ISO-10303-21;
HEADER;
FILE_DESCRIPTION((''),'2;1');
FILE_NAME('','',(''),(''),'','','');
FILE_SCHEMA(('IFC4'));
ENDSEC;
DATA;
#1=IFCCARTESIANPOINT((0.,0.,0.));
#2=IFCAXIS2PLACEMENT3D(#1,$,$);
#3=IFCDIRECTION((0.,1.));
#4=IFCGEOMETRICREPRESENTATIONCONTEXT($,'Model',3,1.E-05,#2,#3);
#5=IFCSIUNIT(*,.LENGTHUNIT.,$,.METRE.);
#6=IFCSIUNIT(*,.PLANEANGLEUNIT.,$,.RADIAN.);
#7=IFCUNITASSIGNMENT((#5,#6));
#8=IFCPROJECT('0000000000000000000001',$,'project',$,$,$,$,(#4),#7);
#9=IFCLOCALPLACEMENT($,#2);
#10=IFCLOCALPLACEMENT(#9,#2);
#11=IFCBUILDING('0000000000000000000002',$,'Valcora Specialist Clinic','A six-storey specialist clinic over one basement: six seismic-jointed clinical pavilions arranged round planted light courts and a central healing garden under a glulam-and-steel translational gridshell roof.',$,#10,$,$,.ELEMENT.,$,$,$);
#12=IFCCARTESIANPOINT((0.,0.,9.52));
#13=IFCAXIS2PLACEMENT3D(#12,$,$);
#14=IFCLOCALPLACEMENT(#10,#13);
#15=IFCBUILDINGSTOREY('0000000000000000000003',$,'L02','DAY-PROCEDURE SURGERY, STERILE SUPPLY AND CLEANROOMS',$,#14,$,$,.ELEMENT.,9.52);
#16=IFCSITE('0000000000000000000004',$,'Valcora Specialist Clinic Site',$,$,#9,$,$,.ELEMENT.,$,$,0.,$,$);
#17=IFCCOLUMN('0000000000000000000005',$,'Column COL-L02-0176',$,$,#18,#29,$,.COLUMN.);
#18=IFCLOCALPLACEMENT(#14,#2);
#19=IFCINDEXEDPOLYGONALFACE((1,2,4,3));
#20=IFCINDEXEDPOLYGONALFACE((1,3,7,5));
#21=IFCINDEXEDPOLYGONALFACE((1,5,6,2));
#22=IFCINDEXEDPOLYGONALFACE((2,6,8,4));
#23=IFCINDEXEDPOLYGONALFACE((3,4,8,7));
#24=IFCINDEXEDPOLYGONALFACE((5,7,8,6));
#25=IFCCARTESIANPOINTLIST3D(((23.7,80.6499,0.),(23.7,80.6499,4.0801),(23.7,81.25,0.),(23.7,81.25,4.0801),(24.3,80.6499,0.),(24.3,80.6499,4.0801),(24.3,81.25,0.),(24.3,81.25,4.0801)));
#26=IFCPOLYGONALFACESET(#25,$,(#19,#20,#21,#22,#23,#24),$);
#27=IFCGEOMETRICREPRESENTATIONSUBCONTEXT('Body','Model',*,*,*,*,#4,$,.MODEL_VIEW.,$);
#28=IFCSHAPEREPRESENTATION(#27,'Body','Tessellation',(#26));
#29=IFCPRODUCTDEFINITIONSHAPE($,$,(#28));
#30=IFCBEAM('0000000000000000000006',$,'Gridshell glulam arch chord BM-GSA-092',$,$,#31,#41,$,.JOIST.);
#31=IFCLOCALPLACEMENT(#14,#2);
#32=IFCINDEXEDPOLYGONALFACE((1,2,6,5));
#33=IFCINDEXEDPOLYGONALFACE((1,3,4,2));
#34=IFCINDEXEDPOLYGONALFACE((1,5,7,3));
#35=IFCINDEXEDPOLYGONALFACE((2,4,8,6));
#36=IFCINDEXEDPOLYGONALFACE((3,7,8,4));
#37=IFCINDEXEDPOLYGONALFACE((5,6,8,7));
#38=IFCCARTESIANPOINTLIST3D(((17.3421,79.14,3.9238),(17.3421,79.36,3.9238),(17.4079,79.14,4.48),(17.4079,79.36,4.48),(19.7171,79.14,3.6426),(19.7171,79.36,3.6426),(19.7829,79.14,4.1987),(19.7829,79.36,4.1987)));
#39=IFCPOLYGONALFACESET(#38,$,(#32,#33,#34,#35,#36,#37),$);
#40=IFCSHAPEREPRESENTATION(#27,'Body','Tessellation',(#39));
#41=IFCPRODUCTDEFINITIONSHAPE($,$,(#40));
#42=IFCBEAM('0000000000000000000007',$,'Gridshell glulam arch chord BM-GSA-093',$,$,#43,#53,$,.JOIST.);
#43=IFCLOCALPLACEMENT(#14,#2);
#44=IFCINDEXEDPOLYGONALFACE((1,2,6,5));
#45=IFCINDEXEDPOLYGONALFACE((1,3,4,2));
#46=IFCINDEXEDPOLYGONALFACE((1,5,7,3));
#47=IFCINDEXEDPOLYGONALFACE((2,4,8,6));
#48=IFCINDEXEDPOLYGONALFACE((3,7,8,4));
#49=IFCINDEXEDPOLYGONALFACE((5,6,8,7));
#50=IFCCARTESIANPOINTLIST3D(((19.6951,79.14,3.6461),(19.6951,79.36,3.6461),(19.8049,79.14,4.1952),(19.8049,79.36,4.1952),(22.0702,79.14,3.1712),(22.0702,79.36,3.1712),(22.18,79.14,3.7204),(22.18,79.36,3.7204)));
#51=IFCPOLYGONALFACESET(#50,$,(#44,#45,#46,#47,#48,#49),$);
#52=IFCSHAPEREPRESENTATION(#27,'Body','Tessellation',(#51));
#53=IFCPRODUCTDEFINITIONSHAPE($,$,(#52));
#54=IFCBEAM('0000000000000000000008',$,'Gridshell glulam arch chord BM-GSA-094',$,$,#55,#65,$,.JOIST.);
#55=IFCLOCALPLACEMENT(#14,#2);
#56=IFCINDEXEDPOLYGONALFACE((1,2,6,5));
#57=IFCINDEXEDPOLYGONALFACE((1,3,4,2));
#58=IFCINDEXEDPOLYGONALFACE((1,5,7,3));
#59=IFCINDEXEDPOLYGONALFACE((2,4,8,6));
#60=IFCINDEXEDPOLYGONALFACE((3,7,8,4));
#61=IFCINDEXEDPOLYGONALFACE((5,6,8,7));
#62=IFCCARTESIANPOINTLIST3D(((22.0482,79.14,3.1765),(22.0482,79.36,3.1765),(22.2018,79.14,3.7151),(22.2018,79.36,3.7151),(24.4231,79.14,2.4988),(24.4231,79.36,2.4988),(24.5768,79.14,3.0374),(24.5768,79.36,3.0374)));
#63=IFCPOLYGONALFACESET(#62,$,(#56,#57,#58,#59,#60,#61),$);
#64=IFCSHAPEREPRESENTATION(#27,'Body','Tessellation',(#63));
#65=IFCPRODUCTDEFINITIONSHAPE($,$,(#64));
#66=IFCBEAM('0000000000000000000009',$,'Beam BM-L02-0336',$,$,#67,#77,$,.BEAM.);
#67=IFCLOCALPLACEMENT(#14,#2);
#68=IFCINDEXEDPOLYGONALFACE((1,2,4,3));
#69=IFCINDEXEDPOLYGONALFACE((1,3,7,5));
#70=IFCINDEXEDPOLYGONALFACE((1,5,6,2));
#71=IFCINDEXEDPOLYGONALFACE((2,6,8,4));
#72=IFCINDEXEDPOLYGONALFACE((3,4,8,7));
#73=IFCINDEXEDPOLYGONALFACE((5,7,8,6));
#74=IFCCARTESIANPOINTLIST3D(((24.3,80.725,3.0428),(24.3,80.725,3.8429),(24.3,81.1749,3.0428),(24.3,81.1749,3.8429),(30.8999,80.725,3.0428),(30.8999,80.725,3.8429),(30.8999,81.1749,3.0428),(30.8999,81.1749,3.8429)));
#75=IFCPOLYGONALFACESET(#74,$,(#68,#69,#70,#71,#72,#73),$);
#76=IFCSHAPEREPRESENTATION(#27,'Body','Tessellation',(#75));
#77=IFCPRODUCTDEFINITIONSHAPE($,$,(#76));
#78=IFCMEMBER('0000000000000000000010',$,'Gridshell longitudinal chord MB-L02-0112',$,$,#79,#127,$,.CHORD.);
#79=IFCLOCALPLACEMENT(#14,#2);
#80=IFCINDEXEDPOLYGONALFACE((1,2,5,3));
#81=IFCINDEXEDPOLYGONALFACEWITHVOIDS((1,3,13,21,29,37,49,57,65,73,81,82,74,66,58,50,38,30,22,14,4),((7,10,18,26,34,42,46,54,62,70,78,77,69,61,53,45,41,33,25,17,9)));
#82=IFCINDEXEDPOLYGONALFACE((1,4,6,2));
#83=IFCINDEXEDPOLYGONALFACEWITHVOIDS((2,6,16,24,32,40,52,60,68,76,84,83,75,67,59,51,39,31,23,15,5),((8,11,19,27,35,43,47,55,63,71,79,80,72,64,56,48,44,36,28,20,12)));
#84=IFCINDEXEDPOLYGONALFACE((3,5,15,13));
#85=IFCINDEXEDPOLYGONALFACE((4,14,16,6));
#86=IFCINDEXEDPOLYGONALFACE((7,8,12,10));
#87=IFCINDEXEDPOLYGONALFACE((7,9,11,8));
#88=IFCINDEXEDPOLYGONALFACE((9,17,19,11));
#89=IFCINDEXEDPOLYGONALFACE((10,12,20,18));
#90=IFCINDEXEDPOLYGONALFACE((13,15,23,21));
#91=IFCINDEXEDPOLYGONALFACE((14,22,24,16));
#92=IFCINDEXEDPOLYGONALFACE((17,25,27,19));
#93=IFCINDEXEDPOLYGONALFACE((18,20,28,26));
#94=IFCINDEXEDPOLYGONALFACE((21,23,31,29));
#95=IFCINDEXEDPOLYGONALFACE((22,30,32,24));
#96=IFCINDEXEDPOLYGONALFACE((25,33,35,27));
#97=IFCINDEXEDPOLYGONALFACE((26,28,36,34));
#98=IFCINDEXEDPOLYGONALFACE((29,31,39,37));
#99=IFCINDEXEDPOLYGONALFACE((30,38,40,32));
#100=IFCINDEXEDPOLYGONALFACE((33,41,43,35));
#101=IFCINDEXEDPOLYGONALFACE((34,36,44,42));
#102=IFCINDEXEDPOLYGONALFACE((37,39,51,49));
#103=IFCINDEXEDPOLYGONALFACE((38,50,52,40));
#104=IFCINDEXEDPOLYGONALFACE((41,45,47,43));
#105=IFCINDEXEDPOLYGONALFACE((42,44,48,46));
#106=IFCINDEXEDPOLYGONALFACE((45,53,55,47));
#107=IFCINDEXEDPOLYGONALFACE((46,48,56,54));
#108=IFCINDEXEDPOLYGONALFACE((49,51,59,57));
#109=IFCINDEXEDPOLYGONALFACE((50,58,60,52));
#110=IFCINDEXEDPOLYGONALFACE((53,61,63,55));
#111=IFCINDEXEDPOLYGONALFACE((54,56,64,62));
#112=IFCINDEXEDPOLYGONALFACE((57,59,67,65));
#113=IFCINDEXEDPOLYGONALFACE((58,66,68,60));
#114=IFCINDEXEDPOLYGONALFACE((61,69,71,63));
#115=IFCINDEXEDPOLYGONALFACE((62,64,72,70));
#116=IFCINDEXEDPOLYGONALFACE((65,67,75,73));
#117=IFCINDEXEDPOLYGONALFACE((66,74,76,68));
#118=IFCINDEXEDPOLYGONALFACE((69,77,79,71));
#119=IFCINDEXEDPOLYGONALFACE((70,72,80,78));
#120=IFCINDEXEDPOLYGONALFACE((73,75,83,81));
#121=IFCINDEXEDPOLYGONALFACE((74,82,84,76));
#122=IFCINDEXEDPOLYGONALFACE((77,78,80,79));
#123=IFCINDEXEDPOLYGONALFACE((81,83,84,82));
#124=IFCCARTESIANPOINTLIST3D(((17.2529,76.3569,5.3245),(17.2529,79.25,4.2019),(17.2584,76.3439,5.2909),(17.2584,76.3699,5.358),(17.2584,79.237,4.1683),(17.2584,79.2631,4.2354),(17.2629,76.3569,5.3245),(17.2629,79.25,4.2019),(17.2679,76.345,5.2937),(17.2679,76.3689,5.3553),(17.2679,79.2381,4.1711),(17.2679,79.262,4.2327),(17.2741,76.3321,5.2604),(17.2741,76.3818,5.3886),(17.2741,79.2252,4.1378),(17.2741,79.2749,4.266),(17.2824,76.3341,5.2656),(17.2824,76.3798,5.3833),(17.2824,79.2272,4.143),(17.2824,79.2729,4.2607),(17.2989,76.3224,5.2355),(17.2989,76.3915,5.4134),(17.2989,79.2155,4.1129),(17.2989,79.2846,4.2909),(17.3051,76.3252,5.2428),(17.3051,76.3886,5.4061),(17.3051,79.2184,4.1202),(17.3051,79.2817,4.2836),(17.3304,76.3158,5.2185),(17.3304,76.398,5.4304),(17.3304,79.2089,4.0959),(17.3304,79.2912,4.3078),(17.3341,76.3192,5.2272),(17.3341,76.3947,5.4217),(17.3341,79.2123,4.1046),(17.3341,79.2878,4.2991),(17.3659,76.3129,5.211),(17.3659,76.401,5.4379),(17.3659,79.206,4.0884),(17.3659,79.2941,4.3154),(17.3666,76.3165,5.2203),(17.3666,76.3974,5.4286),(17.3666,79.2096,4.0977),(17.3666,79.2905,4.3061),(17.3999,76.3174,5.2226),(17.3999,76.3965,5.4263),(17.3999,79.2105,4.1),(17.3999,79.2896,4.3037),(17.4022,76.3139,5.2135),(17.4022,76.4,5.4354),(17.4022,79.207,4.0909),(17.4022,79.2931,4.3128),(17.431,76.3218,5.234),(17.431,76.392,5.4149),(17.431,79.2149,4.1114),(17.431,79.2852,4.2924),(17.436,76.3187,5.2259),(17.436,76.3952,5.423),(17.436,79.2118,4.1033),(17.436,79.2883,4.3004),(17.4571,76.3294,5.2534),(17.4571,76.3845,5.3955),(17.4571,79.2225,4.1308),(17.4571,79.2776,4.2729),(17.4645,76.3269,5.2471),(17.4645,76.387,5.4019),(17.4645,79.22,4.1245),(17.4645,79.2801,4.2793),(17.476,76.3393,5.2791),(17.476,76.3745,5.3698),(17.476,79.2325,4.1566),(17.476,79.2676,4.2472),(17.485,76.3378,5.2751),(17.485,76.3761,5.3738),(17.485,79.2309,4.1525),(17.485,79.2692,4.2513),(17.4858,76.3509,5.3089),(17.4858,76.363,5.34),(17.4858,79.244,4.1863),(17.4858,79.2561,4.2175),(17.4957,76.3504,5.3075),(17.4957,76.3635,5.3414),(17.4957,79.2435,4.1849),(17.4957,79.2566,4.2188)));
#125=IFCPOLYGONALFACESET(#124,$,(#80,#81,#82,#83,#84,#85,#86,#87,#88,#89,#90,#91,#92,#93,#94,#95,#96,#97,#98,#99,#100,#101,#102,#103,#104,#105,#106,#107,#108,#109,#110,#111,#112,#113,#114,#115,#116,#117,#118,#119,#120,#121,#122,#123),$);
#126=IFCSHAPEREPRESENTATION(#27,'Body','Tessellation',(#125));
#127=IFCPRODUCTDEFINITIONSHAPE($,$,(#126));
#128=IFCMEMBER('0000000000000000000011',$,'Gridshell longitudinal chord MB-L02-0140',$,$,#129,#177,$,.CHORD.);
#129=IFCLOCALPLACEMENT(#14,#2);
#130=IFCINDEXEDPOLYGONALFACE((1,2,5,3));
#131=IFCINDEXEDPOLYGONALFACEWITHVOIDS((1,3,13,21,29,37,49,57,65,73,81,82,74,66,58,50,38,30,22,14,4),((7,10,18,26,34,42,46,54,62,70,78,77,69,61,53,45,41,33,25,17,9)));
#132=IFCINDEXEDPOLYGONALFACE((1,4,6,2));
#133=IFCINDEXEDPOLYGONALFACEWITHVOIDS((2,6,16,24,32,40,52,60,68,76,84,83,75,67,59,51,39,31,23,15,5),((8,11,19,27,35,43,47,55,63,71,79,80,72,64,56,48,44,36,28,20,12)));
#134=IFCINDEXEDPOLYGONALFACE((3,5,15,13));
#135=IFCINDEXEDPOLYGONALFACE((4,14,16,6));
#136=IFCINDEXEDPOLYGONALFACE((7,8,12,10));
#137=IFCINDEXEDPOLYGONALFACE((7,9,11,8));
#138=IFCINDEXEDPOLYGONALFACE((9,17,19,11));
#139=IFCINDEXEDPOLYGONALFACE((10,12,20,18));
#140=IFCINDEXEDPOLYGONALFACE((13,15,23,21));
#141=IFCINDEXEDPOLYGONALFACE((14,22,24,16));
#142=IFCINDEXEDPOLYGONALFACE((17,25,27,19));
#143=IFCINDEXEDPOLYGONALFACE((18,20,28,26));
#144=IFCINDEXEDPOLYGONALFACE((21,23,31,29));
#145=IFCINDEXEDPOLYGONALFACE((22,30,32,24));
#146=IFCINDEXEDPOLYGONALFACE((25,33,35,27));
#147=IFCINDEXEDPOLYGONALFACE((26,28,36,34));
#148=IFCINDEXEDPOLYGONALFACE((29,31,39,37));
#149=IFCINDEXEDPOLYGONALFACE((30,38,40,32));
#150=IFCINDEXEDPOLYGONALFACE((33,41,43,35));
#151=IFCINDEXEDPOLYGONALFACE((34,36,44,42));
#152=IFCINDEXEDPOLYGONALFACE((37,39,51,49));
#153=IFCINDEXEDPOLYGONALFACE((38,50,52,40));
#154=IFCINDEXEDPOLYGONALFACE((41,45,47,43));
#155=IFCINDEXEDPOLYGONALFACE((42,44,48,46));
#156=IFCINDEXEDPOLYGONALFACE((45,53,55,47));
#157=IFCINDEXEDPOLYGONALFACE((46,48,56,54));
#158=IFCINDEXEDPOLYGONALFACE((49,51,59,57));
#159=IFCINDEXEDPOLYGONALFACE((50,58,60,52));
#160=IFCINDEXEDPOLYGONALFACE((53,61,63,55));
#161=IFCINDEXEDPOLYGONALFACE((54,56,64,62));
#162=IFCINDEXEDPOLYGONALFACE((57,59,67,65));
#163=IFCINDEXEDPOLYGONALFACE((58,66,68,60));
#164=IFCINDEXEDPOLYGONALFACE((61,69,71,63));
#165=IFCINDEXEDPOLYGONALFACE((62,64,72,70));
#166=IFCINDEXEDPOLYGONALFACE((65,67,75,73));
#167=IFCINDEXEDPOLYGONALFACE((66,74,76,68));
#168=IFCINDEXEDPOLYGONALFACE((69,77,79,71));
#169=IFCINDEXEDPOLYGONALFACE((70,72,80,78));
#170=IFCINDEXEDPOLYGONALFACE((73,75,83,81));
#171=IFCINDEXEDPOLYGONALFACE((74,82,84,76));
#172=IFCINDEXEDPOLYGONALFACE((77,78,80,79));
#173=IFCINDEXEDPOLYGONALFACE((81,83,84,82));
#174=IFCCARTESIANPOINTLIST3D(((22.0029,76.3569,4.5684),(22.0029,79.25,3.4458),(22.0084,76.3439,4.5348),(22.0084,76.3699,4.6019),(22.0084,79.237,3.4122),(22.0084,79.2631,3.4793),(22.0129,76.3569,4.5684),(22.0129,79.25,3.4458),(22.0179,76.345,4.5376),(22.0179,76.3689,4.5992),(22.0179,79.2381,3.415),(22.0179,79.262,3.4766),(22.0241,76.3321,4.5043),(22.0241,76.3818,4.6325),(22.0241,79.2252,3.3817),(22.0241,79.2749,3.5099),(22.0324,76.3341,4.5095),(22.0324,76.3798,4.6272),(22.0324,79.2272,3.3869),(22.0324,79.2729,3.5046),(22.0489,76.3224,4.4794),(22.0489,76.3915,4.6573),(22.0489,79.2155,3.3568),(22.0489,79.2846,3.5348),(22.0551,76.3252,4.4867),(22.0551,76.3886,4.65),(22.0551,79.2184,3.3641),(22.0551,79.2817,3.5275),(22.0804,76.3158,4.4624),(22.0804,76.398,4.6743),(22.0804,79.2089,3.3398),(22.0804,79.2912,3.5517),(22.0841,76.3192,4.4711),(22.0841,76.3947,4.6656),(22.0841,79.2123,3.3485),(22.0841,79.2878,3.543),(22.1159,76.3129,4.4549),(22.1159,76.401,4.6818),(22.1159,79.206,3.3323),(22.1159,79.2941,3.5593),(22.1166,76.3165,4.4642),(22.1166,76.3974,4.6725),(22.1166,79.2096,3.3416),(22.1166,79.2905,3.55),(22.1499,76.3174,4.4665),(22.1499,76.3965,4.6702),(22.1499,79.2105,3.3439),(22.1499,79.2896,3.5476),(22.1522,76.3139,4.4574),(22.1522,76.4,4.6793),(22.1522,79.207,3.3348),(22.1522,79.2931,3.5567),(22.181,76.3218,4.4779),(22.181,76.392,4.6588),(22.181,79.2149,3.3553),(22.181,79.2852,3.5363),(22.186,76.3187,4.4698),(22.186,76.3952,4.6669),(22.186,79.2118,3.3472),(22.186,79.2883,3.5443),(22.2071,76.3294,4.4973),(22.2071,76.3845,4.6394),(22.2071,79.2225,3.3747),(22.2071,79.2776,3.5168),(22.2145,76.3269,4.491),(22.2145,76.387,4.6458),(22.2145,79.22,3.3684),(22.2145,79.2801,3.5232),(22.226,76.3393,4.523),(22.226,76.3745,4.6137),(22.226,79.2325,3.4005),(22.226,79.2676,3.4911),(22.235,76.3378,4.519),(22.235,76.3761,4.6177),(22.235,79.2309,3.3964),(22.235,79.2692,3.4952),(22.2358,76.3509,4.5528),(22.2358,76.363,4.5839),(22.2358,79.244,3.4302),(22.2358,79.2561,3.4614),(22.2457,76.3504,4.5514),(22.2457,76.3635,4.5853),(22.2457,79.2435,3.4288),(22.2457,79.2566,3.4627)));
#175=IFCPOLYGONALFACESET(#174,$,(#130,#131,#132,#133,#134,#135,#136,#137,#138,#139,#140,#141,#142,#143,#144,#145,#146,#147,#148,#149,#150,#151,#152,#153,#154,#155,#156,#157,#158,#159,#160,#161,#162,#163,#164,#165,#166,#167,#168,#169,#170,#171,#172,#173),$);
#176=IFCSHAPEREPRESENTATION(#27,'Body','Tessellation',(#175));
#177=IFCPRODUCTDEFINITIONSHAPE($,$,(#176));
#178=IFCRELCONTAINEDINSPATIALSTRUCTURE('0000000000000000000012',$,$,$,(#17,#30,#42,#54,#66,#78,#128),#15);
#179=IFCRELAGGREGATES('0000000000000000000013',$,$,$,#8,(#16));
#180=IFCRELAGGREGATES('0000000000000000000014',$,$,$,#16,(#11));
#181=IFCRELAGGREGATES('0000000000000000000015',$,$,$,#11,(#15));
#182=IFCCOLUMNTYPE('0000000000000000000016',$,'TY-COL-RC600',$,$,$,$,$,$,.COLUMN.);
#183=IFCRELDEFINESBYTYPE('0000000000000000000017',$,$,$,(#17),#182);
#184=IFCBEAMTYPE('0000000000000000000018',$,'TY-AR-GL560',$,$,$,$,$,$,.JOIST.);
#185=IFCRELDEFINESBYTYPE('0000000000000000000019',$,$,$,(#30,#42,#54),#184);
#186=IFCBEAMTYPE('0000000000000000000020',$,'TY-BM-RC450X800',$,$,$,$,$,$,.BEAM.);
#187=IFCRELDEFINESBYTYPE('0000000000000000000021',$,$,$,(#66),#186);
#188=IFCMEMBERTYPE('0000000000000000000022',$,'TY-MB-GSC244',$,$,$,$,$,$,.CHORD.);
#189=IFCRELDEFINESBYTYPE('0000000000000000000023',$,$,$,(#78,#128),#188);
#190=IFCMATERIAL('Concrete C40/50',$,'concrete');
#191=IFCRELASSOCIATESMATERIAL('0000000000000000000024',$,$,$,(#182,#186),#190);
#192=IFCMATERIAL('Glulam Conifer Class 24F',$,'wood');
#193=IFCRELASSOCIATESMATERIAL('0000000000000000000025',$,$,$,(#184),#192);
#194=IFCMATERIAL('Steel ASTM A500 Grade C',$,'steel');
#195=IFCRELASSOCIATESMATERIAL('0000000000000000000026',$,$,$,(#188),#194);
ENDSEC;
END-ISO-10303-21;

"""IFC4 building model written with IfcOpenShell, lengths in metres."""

from ifc_helpers import new_model, si_unit, direction, frame, origin, origin_2d, place, context, subcontext, project, spatial, rectangle, hollow_circle, extrude, material, material_profile, profile_set, type_object, element, save


model = new_model("IFC4")

# Units and contexts
model_context = context("Model", 3, precision=1e-05, world=origin(), true_north=direction((0.0, 1.0)))
body_context = subcontext(model_context, "Body", "Model", "MODEL_VIEW")
ifc_project = project(units=[si_unit("LENGTHUNIT", "METRE"), si_unit("PLANEANGLEUNIT", "RADIAN")], contexts=[model_context])

# Site, building, storey
site_placement = place(None, origin())
site = spatial("IfcSite", under=ifc_project, at=site_placement, Name="Valcora Specialist Clinic Site", CompositionType="ELEMENT", RefElevation=0.0)
building_placement = place(site_placement, origin())
building = spatial("IfcBuilding", under=site, at=building_placement, Name="Valcora Specialist Clinic", Description="A six-storey specialist clinic over one basement: six seismic-jointed clinical pavilions arranged round planted light courts and a central healing garden under a glulam-and-steel translational gridshell roof.", CompositionType="ELEMENT")
storey_placement = place(building_placement, frame((0.0, 0.0, 9.52)))
storey = spatial("IfcBuildingStorey", under=building, at=storey_placement, Name="L02", Description="DAY-PROCEDURE SURGERY, STERILE SUPPLY AND CLEANROOMS", CompositionType="ELEMENT", Elevation=9.52)

# Column
ifc_material_1 = material(Name="Concrete C40/50", Category="concrete")
ifc_material_profile_1 = material_profile(ifc_material_1, rectangle(XDim=0.6001, YDim=0.6001, at=origin_2d()), Name="RC-COL-600X600")
ifc_profile_set_1 = profile_set([ifc_material_profile_1], Name="Concrete C40/50")
column_type = type_object("IfcColumnType", Name="TY-COL-RC600", PredefinedType="COLUMN", material=ifc_profile_set_1)
column_placement = place(storey_placement, frame((24.0, 80.95, 0.0), z_axis=(0.0, 0.0, 1.0), x_axis=(1.0, 0.0, 0.0)))
element("IfcColumn", 1, at=column_placement, inside=storey, type_object=column_type, Name="Column COL-L02-0176", PredefinedType="COLUMN", context=body_context, shape_type="SweptSolid", body=[
    extrude(rectangle(XDim=0.6001, YDim=0.6001, at=origin_2d()), origin(), (0.0, 0.0, 1.0), 4.0801),
])

# Beams
ifc_material_2 = material(Name="Glulam Conifer Class 24F", Category="wood")
ifc_material_profile_2 = material_profile(ifc_material_2, rectangle(XDim=0.22, YDim=0.5601, at=origin_2d()), Name="GL-ARC-220X560")
ifc_profile_set_2 = profile_set([ifc_material_profile_2], Name="Glulam Conifer Class 24F")
beam_type_1 = type_object("IfcBeamType", Name="TY-AR-GL560", PredefinedType="JOIST", material=ifc_profile_set_2)
beam_1_placement = place(storey_placement, frame((17.375, 79.25, 4.2019), z_axis=(0.993061, 0.0, -0.117599), x_axis=(0.0, 1.0, 0.0)))
element("IfcBeam", 2, at=beam_1_placement, inside=storey, type_object=beam_type_1, Name="Gridshell glulam arch chord BM-GSA-092", PredefinedType="JOIST", context=body_context, shape_type="SweptSolid", body=[
    extrude(rectangle(XDim=0.22, YDim=0.5601, at=origin_2d()), origin(), (0.0, 0.0, 1.0), 2.3916),
])
beam_2_placement = place(storey_placement, frame((19.75, 79.25, 3.9207), z_axis=(0.980592, 0.0, -0.196058), x_axis=(0.0, 1.0, 0.0)))
element("IfcBeam", 3, at=beam_2_placement, inside=storey, type_object=beam_type_1, Name="Gridshell glulam arch chord BM-GSA-093", PredefinedType="JOIST", context=body_context, shape_type="SweptSolid", body=[
    extrude(rectangle(XDim=0.22, YDim=0.5601, at=origin_2d()), origin(), (0.0, 0.0, 1.0), 2.4221),
])
beam_3_placement = place(storey_placement, frame((22.125, 79.25, 3.4458), z_axis=(0.961613, 0.0, -0.274408), x_axis=(0.0, 1.0, 0.0)))
element("IfcBeam", 4, at=beam_3_placement, inside=storey, type_object=beam_type_1, Name="Gridshell glulam arch chord BM-GSA-094", PredefinedType="JOIST", context=body_context, shape_type="SweptSolid", body=[
    extrude(rectangle(XDim=0.22, YDim=0.5601, at=origin_2d()), origin(), (0.0, 0.0, 1.0), 2.4697),
])
ifc_material_profile_3 = material_profile(ifc_material_1, rectangle(XDim=0.45, YDim=0.8, at=origin_2d()), Name="RC-BM-450X800")
ifc_profile_set_3 = profile_set([ifc_material_profile_3], Name="Concrete C40/50")
beam_type_2 = type_object("IfcBeamType", Name="TY-BM-RC450X800", PredefinedType="BEAM", material=ifc_profile_set_3)
beam_4_placement = place(storey_placement, frame((24.3, 80.95, 3.4429), z_axis=(1.0, 0.0, 0.0), x_axis=(0.0, 1.0, 0.0)))
element("IfcBeam", 5, at=beam_4_placement, inside=storey, type_object=beam_type_2, Name="Beam BM-L02-0336", PredefinedType="BEAM", context=body_context, shape_type="SweptSolid", body=[
    extrude(rectangle(XDim=0.45, YDim=0.8, at=origin_2d()), origin(), (0.0, 0.0, 1.0), 6.5999),
])

# Members
ifc_material_3 = material(Name="Steel ASTM A500 Grade C", Category="steel")
ifc_material_profile_4 = material_profile(ifc_material_3, hollow_circle(Radius=0.1221, WallThickness=0.01, at=origin_2d()), Name="ST-CHS-244X10")
ifc_profile_set_4 = profile_set([ifc_material_profile_4], Name="Steel ASTM A500 Grade C")
member_type_1 = type_object("IfcMemberType", Name="TY-MB-GSC244", PredefinedType="CHORD", material=ifc_profile_set_4)
for number, where, z_axis, x_axis, name in (
    (6, (17.375, 76.3569, 5.3245), (0.0, 0.932279, -0.36174), (-1.0, 0.0, 0.0), "Gridshell longitudinal chord MB-L02-0112"),
    (7, (22.125, 76.3569, 4.5684), (0.0, 0.932279, -0.36174), (-1.0, 0.0, 0.0), "Gridshell longitudinal chord MB-L02-0140"),
):
    element("IfcMember", number, at=place(storey_placement, frame(where, z_axis=z_axis, x_axis=x_axis)), inside=storey, type_object=member_type_1, Name=name, PredefinedType="CHORD", context=body_context, shape_type="SweptSolid", body=[
        extrude(hollow_circle(Radius=0.1221, WallThickness=0.01, at=origin_2d()), origin(), (0.0, 0.0, 1.0), 3.1033),
    ])

save(model, "model.ifc")
